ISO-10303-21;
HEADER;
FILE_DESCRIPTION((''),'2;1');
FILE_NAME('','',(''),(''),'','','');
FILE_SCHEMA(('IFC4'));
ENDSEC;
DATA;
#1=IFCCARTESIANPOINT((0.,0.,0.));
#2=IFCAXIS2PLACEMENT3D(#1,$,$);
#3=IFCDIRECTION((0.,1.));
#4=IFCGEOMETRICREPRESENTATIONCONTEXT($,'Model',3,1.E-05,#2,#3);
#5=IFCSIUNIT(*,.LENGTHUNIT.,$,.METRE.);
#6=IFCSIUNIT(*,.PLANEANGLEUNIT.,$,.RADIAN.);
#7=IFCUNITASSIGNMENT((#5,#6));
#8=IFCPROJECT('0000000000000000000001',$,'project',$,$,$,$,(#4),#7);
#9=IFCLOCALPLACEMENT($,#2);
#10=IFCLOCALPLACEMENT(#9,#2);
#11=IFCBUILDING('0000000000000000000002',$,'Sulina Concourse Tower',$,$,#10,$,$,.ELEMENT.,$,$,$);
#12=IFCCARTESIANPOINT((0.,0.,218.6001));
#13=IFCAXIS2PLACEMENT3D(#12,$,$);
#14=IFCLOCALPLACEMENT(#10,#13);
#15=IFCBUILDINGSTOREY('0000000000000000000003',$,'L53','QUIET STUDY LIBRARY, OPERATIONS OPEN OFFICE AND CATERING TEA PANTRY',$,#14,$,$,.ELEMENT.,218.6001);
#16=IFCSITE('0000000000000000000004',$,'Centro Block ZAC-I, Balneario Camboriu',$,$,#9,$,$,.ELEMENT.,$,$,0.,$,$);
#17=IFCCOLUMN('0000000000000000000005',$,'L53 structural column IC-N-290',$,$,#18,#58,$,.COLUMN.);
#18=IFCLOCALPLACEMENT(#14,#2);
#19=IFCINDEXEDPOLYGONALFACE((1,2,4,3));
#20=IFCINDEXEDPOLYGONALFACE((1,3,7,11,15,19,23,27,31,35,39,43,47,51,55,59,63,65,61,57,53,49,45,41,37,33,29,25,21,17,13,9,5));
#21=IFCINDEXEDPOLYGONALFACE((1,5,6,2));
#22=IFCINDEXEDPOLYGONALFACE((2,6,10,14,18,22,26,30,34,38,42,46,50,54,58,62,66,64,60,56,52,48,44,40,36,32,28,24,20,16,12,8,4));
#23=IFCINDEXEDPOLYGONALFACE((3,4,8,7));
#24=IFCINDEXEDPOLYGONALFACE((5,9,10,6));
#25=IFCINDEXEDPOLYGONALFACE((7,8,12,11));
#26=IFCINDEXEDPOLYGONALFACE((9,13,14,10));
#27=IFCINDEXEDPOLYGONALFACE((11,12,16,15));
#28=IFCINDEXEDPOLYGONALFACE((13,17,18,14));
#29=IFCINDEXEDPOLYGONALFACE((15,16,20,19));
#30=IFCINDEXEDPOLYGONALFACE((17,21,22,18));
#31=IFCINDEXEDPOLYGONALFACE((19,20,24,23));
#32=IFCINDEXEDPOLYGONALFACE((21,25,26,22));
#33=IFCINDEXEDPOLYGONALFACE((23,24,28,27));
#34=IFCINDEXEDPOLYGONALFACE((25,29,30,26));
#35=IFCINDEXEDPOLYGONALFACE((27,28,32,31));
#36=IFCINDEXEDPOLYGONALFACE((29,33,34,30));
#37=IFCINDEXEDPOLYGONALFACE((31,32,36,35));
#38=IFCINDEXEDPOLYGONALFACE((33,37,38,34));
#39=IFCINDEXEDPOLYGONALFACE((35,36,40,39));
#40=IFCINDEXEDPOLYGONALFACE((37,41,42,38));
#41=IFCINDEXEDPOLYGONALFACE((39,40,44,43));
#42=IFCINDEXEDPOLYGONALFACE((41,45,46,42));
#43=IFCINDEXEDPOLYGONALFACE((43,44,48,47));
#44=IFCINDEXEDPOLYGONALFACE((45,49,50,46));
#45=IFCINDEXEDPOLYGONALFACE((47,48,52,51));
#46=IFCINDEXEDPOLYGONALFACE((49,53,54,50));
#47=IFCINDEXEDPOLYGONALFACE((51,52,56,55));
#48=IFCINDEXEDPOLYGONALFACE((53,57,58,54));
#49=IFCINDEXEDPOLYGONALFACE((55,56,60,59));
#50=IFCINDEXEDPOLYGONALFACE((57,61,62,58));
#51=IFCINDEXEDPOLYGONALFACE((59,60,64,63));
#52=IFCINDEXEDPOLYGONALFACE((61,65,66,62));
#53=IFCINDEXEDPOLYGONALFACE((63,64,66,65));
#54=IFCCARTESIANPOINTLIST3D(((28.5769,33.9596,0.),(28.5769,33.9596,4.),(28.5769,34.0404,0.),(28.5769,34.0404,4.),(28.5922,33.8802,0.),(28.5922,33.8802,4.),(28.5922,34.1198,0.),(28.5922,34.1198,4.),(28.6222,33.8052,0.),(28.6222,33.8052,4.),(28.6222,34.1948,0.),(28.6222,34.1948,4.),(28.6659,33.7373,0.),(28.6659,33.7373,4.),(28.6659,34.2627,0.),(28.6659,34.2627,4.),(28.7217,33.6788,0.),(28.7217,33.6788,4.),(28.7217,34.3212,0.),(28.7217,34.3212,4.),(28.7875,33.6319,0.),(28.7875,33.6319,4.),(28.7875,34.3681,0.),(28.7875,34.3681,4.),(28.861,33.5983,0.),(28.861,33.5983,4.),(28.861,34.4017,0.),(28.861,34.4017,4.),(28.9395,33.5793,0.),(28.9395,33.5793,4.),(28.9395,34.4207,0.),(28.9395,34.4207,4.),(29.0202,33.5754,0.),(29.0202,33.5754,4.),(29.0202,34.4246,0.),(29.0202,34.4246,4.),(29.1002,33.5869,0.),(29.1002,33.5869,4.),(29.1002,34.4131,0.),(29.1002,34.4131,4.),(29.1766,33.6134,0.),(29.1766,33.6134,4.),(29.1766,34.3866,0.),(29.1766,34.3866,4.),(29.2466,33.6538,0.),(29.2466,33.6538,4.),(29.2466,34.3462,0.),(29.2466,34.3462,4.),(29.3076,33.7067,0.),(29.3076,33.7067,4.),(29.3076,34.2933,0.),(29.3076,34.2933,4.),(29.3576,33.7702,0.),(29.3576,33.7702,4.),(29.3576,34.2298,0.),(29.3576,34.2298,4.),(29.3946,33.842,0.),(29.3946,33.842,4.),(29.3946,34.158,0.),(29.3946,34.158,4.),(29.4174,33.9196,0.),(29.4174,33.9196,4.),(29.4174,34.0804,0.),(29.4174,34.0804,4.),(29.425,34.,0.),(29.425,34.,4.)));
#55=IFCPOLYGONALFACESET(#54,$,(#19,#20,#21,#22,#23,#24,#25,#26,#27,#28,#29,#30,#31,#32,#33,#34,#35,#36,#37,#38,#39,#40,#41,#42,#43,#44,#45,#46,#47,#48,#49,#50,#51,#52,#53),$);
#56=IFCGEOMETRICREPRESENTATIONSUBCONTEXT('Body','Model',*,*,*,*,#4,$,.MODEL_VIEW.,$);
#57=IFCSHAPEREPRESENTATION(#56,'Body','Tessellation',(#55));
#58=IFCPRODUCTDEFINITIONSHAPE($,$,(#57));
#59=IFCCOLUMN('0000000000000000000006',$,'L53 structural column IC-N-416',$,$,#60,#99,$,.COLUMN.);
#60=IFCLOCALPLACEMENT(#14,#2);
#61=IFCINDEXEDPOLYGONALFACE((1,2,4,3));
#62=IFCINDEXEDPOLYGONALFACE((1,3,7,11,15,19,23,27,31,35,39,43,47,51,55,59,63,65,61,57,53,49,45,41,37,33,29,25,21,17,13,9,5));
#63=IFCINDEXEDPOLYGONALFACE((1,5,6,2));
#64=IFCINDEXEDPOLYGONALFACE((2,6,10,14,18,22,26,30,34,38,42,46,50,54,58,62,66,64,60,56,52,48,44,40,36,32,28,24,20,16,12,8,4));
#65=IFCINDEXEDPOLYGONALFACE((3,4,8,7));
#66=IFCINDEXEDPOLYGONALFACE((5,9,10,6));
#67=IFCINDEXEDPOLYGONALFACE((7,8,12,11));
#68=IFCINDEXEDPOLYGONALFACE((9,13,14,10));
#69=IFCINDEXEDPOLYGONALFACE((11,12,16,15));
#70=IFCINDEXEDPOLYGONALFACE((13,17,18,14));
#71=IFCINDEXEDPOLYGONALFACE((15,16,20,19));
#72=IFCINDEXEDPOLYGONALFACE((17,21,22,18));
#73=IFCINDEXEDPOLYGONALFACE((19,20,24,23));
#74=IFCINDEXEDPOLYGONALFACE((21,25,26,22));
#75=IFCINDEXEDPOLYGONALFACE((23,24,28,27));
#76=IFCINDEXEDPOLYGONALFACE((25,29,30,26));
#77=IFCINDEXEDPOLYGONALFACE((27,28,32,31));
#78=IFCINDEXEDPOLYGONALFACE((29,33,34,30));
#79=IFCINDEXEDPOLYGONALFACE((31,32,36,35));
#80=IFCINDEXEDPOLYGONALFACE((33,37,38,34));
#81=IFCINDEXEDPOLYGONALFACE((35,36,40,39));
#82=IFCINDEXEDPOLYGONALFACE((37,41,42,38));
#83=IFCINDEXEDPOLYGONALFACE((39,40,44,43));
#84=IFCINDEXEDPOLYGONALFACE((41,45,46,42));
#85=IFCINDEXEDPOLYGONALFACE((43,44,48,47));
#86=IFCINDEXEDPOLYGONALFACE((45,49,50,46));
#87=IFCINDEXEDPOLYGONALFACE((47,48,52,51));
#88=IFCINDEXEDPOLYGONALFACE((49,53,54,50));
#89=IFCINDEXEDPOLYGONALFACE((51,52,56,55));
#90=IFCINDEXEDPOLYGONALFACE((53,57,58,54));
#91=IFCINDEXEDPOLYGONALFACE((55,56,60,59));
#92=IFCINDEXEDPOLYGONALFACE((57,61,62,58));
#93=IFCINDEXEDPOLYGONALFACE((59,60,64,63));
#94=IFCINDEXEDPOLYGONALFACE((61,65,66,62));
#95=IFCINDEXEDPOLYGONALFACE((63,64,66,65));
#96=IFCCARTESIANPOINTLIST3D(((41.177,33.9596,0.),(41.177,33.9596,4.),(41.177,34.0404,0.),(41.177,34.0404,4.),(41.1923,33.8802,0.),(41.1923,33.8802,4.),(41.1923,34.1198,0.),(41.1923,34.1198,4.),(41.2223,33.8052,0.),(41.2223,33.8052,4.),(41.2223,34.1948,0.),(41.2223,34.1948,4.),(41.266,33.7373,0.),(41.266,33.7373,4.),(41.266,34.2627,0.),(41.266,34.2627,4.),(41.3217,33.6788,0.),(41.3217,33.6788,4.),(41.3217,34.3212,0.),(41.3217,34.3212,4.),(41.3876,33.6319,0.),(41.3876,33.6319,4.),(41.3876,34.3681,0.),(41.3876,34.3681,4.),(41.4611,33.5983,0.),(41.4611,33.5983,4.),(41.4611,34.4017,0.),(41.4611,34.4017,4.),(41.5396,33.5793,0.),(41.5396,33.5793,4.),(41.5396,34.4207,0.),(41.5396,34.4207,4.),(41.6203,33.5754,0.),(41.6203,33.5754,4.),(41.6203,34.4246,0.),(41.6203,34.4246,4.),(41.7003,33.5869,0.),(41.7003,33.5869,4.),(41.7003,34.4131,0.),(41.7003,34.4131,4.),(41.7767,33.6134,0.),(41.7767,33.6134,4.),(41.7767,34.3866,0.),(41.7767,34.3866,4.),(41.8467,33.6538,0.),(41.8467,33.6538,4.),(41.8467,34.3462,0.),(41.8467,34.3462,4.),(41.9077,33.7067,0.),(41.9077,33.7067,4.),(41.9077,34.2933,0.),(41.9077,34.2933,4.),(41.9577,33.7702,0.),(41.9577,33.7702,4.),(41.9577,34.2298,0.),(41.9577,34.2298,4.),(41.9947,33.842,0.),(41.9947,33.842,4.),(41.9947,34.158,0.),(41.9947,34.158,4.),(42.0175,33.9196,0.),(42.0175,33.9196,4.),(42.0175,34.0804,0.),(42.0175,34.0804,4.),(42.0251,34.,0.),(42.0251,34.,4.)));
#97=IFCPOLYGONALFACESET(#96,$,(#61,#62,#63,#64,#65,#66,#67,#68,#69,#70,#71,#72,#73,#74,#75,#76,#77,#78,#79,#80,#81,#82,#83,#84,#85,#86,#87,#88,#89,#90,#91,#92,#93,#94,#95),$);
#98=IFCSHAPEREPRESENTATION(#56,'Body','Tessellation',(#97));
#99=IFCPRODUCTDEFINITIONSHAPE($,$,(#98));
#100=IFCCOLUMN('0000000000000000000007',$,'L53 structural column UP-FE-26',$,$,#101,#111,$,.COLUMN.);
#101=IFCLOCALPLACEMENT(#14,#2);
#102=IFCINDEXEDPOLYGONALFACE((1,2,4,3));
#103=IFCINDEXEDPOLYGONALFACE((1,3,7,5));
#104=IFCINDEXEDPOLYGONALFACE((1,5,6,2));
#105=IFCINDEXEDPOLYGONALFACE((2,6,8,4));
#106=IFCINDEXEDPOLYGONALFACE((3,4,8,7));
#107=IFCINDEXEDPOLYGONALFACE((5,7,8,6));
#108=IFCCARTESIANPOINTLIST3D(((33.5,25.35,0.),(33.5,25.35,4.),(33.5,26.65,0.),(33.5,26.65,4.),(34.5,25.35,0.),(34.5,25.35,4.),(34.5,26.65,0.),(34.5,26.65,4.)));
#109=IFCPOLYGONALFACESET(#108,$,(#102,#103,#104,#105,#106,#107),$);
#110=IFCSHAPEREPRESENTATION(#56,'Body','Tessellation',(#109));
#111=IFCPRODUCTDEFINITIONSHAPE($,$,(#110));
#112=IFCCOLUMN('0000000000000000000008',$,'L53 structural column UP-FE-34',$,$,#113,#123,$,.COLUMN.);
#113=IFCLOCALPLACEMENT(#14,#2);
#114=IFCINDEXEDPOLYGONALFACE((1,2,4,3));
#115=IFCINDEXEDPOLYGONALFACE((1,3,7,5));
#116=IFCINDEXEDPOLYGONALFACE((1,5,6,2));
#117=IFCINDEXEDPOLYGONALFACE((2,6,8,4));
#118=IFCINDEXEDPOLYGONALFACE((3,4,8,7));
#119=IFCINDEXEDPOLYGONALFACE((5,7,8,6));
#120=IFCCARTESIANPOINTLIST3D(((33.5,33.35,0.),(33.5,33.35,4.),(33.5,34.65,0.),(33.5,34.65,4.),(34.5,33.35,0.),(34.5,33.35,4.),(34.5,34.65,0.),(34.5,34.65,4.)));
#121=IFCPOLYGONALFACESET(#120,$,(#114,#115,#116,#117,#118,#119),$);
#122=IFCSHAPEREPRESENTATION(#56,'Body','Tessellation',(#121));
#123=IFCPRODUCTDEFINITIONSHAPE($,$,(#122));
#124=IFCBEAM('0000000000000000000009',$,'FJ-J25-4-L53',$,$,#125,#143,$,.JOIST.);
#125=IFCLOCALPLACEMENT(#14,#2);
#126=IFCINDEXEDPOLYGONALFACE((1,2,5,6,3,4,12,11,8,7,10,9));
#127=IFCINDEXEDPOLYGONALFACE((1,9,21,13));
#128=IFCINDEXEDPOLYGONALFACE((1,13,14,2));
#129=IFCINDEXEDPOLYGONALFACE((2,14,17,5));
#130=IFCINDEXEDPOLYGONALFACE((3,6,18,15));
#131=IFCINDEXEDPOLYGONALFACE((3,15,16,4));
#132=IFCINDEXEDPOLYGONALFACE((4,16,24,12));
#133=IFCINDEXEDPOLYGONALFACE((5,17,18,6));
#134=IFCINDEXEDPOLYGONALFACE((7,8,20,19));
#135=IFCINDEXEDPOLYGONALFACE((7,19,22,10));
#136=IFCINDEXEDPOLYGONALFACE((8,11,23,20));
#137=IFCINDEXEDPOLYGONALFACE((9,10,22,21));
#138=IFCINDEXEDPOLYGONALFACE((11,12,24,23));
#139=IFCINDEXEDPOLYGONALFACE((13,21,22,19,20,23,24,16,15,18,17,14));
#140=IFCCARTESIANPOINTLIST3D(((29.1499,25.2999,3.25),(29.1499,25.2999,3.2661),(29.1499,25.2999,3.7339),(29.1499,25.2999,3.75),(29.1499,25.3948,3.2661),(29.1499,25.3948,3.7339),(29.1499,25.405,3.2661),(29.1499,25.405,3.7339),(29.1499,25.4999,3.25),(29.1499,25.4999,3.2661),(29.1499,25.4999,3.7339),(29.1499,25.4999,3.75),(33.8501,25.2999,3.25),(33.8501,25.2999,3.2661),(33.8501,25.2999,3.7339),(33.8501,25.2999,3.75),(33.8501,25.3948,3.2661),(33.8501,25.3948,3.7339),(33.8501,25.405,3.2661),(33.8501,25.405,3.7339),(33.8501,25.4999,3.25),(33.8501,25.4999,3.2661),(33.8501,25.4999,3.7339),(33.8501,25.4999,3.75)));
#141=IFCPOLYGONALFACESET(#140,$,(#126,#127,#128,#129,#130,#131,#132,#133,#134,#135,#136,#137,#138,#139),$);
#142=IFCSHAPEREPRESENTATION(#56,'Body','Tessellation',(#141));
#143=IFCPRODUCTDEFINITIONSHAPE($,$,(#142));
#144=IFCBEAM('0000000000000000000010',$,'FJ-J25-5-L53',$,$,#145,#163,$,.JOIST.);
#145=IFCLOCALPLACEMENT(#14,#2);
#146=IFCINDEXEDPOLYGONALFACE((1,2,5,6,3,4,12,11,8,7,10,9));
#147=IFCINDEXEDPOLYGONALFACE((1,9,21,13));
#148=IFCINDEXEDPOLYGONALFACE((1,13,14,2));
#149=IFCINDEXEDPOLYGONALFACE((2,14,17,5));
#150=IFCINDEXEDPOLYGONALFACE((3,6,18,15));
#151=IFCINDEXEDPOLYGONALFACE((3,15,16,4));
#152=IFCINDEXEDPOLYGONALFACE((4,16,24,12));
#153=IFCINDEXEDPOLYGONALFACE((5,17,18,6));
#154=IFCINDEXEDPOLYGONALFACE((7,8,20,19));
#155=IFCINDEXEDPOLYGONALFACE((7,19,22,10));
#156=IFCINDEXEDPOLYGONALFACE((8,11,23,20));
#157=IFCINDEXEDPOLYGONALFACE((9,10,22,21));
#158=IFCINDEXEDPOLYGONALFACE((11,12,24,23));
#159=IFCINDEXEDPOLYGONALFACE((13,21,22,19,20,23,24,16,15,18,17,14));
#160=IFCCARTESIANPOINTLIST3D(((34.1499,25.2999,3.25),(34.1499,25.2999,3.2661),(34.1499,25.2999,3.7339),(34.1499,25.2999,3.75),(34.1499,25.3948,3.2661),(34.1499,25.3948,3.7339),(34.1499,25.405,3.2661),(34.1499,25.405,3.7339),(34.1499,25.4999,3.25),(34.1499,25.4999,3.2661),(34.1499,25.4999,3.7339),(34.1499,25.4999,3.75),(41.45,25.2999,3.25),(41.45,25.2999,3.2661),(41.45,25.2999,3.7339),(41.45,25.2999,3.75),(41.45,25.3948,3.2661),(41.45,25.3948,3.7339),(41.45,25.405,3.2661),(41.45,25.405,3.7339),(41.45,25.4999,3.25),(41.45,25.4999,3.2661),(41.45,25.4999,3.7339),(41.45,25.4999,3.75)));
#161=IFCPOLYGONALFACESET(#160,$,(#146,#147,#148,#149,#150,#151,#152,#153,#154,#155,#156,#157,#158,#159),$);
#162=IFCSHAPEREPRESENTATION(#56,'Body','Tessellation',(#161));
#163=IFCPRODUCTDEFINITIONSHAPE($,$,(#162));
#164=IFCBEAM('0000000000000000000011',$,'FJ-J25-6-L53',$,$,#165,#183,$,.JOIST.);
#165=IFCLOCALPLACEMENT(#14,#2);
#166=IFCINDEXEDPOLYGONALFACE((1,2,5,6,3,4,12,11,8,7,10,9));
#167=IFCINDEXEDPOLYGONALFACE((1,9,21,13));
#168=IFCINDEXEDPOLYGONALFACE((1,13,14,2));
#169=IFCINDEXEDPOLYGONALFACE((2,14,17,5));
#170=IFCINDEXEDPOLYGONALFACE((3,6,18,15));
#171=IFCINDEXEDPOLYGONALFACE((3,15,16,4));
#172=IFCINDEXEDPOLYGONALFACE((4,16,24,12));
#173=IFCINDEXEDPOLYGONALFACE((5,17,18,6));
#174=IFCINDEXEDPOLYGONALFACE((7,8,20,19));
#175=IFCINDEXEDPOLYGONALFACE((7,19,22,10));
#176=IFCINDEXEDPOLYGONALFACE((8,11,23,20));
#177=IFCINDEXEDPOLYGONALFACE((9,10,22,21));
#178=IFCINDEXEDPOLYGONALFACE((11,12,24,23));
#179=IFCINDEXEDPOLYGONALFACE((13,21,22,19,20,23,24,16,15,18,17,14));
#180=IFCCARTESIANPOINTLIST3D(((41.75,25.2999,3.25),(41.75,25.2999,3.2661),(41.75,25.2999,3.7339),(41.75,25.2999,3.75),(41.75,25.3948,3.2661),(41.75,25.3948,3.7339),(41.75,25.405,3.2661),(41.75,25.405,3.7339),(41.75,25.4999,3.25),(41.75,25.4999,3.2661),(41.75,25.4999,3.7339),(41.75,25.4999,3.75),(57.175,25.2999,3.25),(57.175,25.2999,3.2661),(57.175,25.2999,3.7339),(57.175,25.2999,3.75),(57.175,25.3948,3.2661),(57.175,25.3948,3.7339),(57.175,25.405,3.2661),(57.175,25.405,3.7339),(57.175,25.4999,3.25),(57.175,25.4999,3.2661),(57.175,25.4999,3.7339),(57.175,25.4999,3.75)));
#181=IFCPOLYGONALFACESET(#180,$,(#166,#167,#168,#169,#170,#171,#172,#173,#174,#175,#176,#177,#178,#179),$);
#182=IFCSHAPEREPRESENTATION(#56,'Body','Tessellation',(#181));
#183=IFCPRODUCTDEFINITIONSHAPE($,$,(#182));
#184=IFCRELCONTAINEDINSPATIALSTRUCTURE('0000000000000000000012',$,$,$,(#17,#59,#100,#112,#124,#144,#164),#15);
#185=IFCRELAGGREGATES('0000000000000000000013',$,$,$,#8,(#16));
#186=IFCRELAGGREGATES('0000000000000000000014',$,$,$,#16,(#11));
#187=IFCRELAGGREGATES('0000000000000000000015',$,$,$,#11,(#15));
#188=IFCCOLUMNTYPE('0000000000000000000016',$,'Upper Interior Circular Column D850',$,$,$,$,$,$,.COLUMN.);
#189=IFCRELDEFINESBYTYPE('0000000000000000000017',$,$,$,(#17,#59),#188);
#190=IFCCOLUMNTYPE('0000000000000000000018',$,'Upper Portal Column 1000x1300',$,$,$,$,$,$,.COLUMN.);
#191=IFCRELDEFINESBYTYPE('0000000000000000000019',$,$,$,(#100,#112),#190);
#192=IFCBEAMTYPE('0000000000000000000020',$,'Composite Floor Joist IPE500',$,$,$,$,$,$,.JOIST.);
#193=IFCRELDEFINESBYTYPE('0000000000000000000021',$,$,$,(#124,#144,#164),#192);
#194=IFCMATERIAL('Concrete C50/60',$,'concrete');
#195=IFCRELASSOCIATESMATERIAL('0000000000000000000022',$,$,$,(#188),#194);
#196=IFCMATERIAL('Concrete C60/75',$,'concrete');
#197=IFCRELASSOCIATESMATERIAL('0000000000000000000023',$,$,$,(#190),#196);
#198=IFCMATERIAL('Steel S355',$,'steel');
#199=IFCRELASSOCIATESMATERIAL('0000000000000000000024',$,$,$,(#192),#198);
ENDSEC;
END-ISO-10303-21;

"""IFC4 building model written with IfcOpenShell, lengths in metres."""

from ifc_helpers import new_model, si_unit, direction, frame, origin, origin_2d, place, context, subcontext, project, spatial, rectangle, circle, i_section, extrude, material, material_profile, profile_set, type_object, element, save


model = new_model("IFC4")

# Units and contexts
model_context = context("Model", 3, precision=1e-05, world=origin(), true_north=direction((0.0, 1.0)))
body_context = subcontext(model_context, "Body", "Model", "MODEL_VIEW")
ifc_project = project(units=[si_unit("LENGTHUNIT", "METRE"), si_unit("PLANEANGLEUNIT", "RADIAN")], contexts=[model_context])

# Site, building, storey
site_placement = place(None, origin())
site = spatial("IfcSite", under=ifc_project, at=site_placement, Name="Centro Block ZAC-I, Balneario Camboriu", CompositionType="ELEMENT", RefElevation=0.0)
building_placement = place(site_placement, origin())
building = spatial("IfcBuilding", under=site, at=building_placement, Name="Sulina Concourse Tower", CompositionType="ELEMENT")
storey_placement = place(building_placement, frame((0.0, 0.0, 218.6001)))
storey = spatial("IfcBuildingStorey", under=building, at=storey_placement, Name="L53", Description="QUIET STUDY LIBRARY, OPERATIONS OPEN OFFICE AND CATERING TEA PANTRY", CompositionType="ELEMENT", Elevation=218.6001)

# Columns
ifc_material_1 = material(Name="Concrete C50/60", Category="concrete")
ifc_material_profile_1 = material_profile(ifc_material_1, circle(Radius=0.425, at=origin_2d()), Name="RC D850")
ifc_profile_set_1 = profile_set([ifc_material_profile_1], Name="Concrete C50/60")
column_type_1 = type_object("IfcColumnType", Name="Upper Interior Circular Column D850", PredefinedType="COLUMN", material=ifc_profile_set_1)
for number, where, z_axis, x_axis, name in (
    (1, (29.0, 34.0, 0.0), (0.0, 0.0, 1.0), (1.0, 0.0, 0.0), "L53 structural column IC-N-290"),
    (2, (41.6001, 34.0, 0.0), (0.0, 0.0, 1.0), (1.0, 0.0, 0.0), "L53 structural column IC-N-416"),
):
    element("IfcColumn", number, at=place(storey_placement, frame(where, z_axis=z_axis, x_axis=x_axis)), inside=storey, type_object=column_type_1, Name=name, PredefinedType="COLUMN", context=body_context, shape_type="SweptSolid", body=[
        extrude(circle(Radius=0.425, at=origin_2d()), origin(), (0.0, 0.0, 1.0), 4.0),
    ])
ifc_material_2 = material(Name="Concrete C60/75", Category="concrete")
ifc_material_profile_2 = material_profile(ifc_material_2, rectangle(XDim=1.0, YDim=1.3, at=origin_2d()), Name="RC 1000x1300")
ifc_profile_set_2 = profile_set([ifc_material_profile_2], Name="Concrete C60/75")
column_type_2 = type_object("IfcColumnType", Name="Upper Portal Column 1000x1300", PredefinedType="COLUMN", material=ifc_profile_set_2)
for number, where, z_axis, x_axis, name in (
    (3, (34.0, 26.0, 0.0), (0.0, 0.0, 1.0), (1.0, 0.0, 0.0), "L53 structural column UP-FE-26"),
    (4, (34.0, 34.0, 0.0), (0.0, 0.0, 1.0), (1.0, 0.0, 0.0), "L53 structural column UP-FE-34"),
):
    element("IfcColumn", number, at=place(storey_placement, frame(where, z_axis=z_axis, x_axis=x_axis)), inside=storey, type_object=column_type_2, Name=name, PredefinedType="COLUMN", context=body_context, shape_type="SweptSolid", body=[
        extrude(rectangle(XDim=1.0, YDim=1.3, at=origin_2d()), origin(), (0.0, 0.0, 1.0), 4.0),
    ])

# Beams
ifc_material_3 = material(Name="Steel S355", Category="steel")
ifc_material_profile_3 = material_profile(ifc_material_3, i_section(OverallWidth=0.2, OverallDepth=0.5, WebThickness=0.0103, FlangeThickness=0.0161, at=origin_2d()), Name="IPE 500")
ifc_profile_set_3 = profile_set([ifc_material_profile_3], Name="Steel S355")
beam_type_1 = type_object("IfcBeamType", Name="Composite Floor Joist IPE500", PredefinedType="JOIST", material=ifc_profile_set_3)
beam_1_placement = place(storey_placement, frame((29.1499, 25.3999, 3.5), z_axis=(1.0, 0.0, 0.0), x_axis=(0.0, 1.0, 0.0)))
element("IfcBeam", 5, at=beam_1_placement, inside=storey, type_object=beam_type_1, Name="FJ-J25-4-L53", PredefinedType="JOIST", context=body_context, shape_type="SweptSolid", body=[
    extrude(i_section(OverallWidth=0.2, OverallDepth=0.5, WebThickness=0.0103, FlangeThickness=0.0161, at=origin_2d()), origin(), (0.0, 0.0, 1.0), 4.7002),
])
beam_2_placement = place(storey_placement, frame((34.1499, 25.3999, 3.5), z_axis=(1.0, 0.0, 0.0), x_axis=(0.0, 1.0, 0.0)))
element("IfcBeam", 6, at=beam_2_placement, inside=storey, type_object=beam_type_1, Name="FJ-J25-5-L53", PredefinedType="JOIST", context=body_context, shape_type="SweptSolid", body=[
    extrude(i_section(OverallWidth=0.2, OverallDepth=0.5, WebThickness=0.0103, FlangeThickness=0.0161, at=origin_2d()), origin(), (0.0, 0.0, 1.0), 7.3),
])
beam_3_placement = place(storey_placement, frame((41.75, 25.3999, 3.5), z_axis=(1.0, 0.0, 0.0), x_axis=(0.0, 1.0, 0.0)))
element("IfcBeam", 7, at=beam_3_placement, inside=storey, type_object=beam_type_1, Name="FJ-J25-6-L53", PredefinedType="JOIST", context=body_context, shape_type="SweptSolid", body=[
    extrude(i_section(OverallWidth=0.2, OverallDepth=0.5, WebThickness=0.0103, FlangeThickness=0.0161, at=origin_2d()), origin(), (0.0, 0.0, 1.0), 15.425),
])

save(model, "model.ifc")
